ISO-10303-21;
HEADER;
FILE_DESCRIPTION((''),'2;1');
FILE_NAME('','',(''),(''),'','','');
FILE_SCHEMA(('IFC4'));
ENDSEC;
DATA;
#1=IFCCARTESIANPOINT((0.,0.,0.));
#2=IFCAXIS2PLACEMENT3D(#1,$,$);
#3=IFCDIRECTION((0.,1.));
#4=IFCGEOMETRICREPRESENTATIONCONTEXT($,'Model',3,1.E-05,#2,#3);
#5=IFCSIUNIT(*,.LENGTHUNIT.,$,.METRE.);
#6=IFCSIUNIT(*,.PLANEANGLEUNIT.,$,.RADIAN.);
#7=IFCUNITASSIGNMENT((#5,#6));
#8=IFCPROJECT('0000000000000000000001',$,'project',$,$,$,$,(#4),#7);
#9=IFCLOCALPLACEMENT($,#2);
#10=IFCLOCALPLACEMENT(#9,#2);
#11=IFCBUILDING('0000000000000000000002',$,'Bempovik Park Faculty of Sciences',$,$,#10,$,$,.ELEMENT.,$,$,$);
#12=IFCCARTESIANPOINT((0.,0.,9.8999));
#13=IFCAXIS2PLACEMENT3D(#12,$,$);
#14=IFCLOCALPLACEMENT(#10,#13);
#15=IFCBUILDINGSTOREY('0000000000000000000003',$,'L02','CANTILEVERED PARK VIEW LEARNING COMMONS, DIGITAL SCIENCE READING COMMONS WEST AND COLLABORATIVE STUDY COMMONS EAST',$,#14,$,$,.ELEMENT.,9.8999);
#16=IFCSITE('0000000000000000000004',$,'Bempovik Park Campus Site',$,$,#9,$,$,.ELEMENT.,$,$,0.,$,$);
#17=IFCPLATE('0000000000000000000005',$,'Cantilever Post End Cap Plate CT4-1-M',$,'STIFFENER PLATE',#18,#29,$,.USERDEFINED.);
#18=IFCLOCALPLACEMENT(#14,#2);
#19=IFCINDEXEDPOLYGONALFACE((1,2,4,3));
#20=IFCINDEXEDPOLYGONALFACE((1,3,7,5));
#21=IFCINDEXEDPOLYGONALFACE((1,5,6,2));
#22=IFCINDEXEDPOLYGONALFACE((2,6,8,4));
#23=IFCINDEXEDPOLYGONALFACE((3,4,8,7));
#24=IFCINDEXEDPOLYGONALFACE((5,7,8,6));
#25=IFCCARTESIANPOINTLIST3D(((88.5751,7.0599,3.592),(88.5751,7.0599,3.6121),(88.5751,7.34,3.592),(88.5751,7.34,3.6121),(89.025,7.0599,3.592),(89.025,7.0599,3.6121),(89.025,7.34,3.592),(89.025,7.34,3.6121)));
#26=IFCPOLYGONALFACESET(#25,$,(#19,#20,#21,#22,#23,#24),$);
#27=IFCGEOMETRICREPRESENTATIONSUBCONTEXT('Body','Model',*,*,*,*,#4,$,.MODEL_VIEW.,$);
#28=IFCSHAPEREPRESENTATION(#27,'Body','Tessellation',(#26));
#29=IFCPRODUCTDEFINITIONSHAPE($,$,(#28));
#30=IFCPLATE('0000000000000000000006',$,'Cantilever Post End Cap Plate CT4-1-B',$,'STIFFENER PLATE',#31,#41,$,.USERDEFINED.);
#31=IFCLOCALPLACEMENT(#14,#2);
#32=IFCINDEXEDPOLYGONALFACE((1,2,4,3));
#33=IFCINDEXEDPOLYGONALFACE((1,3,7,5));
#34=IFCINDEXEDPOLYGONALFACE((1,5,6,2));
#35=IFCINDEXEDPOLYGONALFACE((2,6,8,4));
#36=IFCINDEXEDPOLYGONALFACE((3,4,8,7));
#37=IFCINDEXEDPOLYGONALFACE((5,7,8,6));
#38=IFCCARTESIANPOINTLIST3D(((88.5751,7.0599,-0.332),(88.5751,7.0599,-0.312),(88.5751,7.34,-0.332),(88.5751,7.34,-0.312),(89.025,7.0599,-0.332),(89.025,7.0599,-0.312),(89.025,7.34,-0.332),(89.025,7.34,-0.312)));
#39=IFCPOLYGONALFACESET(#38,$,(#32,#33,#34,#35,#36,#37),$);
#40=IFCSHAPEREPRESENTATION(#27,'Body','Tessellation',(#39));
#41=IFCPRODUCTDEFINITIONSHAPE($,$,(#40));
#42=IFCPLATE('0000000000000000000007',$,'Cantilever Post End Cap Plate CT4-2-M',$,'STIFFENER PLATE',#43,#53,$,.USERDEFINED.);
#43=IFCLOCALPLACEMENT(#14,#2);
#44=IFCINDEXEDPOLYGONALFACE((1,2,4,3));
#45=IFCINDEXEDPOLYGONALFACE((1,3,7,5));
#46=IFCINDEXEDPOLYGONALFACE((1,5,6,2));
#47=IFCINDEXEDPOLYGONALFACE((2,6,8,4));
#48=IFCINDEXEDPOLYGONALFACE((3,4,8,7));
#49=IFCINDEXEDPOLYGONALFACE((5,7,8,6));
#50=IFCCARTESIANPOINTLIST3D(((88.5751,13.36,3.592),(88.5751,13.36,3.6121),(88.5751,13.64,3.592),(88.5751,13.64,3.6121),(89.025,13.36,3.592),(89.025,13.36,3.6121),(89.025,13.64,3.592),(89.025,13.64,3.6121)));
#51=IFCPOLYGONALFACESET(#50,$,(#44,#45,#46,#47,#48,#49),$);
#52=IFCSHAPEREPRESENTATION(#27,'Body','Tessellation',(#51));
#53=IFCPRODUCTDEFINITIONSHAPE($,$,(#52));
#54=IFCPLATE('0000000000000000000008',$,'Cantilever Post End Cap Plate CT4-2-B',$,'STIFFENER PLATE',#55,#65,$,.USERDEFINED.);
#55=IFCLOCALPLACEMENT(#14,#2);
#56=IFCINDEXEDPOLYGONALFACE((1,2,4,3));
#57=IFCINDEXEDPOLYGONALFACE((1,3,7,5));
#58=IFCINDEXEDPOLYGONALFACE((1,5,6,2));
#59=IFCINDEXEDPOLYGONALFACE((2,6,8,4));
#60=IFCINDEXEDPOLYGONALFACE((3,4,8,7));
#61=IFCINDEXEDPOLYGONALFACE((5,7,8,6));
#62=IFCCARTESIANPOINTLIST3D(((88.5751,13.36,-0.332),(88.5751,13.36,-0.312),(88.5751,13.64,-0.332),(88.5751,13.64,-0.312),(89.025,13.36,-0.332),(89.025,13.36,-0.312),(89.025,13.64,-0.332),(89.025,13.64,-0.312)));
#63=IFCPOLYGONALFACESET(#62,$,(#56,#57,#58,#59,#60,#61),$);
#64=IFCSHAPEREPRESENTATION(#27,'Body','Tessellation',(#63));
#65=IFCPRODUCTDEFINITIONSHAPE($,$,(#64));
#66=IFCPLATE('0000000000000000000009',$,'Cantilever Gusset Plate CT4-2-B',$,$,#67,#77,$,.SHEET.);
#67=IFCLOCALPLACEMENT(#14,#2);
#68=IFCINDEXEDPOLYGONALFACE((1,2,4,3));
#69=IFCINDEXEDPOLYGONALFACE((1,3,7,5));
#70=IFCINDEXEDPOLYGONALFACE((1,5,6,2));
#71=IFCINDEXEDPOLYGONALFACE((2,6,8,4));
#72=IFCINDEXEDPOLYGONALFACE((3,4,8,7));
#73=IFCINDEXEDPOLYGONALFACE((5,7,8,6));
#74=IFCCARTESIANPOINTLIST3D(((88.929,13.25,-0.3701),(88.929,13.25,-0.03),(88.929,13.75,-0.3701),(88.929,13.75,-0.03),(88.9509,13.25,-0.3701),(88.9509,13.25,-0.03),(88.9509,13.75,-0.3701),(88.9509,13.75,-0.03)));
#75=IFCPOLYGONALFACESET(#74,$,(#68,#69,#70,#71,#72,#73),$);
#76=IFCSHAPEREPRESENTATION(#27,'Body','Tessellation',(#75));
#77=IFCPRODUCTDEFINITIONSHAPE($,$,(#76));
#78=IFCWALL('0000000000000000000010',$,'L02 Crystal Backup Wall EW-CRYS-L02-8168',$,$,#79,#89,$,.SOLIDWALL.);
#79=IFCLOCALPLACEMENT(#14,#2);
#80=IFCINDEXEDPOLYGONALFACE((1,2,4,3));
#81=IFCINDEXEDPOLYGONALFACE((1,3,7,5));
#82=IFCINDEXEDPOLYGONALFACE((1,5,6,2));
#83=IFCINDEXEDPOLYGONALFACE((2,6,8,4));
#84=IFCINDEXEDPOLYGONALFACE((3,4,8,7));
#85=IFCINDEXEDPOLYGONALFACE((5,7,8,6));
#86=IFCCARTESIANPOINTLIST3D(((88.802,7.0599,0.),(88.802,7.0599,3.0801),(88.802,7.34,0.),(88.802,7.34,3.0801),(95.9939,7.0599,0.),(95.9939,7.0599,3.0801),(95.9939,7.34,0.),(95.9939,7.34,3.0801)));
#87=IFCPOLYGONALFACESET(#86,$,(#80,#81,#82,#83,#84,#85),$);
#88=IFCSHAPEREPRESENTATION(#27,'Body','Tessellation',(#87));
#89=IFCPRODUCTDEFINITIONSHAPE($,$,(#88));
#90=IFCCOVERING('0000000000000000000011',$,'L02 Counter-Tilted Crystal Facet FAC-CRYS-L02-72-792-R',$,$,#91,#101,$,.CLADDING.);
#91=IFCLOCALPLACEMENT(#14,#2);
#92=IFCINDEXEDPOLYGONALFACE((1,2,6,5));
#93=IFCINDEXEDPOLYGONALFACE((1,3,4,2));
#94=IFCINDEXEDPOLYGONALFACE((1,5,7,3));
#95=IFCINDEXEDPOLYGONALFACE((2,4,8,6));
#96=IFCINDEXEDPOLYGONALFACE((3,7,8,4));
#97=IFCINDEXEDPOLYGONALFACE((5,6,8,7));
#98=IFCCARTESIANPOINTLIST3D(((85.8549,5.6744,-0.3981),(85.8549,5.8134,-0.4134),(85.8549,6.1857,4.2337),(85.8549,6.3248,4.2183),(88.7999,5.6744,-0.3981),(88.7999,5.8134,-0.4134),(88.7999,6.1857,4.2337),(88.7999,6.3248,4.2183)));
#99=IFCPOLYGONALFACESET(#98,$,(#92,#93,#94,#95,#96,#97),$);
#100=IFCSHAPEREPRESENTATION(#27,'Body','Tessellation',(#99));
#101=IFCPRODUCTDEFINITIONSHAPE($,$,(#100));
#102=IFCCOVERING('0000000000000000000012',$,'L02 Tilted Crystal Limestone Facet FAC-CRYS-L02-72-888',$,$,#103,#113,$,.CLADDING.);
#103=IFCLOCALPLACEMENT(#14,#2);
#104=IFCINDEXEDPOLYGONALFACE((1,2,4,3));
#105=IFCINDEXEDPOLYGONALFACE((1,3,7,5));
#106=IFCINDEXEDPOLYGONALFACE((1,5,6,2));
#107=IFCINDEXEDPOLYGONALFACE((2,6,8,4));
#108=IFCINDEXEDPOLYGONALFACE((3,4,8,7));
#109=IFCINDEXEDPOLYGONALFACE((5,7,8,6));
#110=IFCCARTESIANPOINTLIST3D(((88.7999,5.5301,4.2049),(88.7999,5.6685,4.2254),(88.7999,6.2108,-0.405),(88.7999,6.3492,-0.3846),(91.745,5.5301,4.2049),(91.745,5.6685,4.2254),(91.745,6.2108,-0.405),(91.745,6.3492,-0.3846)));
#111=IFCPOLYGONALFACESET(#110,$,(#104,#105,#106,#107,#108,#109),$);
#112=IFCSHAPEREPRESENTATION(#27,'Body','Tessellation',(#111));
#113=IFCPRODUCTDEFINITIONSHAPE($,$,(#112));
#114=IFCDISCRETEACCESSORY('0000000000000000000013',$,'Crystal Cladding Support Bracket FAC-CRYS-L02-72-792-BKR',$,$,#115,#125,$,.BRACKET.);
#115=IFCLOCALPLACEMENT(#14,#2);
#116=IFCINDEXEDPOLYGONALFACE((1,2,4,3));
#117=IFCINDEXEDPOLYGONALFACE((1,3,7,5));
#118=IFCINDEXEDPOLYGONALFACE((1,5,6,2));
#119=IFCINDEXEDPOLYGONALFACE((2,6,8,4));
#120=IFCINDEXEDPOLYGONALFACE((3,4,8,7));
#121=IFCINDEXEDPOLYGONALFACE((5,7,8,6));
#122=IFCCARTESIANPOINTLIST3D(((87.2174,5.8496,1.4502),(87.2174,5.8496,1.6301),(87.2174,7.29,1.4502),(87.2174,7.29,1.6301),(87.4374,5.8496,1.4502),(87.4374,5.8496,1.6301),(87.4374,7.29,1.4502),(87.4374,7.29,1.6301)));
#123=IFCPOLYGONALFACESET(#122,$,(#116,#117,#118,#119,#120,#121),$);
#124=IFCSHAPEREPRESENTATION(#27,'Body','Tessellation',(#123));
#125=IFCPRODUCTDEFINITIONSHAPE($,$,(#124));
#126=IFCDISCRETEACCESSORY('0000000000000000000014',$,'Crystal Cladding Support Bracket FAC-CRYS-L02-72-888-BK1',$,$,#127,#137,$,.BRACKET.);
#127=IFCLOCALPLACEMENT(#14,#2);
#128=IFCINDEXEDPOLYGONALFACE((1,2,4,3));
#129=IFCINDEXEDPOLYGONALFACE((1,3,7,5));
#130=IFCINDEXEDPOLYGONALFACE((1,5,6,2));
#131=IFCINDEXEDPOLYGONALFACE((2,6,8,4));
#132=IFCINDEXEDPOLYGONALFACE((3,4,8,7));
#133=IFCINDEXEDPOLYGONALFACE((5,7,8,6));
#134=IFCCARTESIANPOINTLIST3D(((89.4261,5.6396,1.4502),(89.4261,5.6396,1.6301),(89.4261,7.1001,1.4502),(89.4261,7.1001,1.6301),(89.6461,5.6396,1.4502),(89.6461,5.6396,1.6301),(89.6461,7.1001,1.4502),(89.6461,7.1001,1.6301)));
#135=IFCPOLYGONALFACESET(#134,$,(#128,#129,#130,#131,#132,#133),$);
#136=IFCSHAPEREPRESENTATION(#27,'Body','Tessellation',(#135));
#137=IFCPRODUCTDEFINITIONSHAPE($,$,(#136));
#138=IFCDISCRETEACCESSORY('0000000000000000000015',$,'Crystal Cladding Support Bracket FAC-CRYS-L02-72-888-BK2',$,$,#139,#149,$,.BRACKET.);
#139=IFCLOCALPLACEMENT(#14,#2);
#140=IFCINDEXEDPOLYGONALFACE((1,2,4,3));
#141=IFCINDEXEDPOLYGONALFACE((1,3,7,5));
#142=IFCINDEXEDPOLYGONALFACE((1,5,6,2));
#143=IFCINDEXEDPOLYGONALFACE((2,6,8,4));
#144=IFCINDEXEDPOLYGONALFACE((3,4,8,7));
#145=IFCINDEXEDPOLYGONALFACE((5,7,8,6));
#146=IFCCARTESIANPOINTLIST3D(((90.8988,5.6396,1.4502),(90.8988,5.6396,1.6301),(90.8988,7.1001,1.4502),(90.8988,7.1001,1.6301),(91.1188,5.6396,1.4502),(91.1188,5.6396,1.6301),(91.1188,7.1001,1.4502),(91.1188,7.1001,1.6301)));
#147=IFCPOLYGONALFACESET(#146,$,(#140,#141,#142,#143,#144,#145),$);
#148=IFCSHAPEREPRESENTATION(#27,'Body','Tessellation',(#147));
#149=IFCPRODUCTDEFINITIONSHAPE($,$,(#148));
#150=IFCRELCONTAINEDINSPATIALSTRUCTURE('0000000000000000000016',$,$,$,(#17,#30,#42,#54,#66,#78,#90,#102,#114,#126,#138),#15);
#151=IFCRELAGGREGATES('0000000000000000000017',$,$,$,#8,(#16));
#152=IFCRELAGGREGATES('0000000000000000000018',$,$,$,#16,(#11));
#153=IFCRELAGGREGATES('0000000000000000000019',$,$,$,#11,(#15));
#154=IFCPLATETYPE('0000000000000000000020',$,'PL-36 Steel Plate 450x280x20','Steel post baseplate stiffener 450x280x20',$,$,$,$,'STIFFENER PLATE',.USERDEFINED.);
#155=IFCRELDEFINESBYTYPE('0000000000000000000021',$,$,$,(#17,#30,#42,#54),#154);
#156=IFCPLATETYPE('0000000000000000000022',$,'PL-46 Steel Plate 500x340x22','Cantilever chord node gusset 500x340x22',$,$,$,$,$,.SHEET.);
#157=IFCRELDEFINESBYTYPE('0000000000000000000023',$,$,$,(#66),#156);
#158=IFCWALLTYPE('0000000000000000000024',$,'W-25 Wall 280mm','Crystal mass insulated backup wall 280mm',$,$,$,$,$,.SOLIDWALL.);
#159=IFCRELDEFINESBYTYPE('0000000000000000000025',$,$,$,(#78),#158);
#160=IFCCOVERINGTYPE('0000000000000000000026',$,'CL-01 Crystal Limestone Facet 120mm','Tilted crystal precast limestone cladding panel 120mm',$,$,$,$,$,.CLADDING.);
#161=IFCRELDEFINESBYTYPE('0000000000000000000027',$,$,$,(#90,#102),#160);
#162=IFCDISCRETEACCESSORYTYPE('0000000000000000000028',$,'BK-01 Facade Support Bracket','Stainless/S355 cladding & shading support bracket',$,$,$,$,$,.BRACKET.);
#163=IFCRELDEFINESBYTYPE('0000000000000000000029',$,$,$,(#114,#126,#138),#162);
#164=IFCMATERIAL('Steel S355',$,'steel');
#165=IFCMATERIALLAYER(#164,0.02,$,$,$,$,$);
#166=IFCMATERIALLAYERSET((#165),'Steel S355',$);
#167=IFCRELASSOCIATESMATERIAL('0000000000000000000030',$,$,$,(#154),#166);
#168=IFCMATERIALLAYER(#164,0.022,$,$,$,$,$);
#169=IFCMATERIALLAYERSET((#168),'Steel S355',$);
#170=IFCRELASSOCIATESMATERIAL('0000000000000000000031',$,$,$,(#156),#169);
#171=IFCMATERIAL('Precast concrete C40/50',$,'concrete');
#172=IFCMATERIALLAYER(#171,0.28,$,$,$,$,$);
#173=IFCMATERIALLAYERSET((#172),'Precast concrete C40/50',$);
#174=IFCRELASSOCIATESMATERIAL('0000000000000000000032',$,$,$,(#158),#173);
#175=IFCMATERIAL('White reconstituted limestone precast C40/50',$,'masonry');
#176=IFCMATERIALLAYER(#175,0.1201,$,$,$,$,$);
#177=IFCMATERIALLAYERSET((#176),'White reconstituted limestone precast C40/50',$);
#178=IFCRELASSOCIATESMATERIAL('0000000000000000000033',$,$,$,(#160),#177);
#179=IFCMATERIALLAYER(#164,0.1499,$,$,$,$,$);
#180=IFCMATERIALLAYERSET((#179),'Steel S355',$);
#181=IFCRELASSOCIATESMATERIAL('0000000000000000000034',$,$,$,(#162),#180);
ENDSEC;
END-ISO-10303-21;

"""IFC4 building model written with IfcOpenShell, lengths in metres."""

from ifc_helpers import new_model, si_unit, direction, frame, frame_2d, origin, origin_2d, place, context, subcontext, project, spatial, rectangle, extrude, material, layer, layer_set, type_object, element, save


model = new_model("IFC4")

# Units and contexts
model_context = context("Model", 3, precision=1e-05, world=origin(), true_north=direction((0.0, 1.0)))
body_context = subcontext(model_context, "Body", "Model", "MODEL_VIEW")
ifc_project = project(units=[si_unit("LENGTHUNIT", "METRE"), si_unit("PLANEANGLEUNIT", "RADIAN")], contexts=[model_context])

# Site, building, storey
site_placement = place(None, origin())
site = spatial("IfcSite", under=ifc_project, at=site_placement, Name="Bempovik Park Campus Site", CompositionType="ELEMENT", RefElevation=0.0)
building_placement = place(site_placement, origin())
building = spatial("IfcBuilding", under=site, at=building_placement, Name="Bempovik Park Faculty of Sciences", CompositionType="ELEMENT")
storey_placement = place(building_placement, frame((0.0, 0.0, 9.8999)))
storey = spatial("IfcBuildingStorey", under=building, at=storey_placement, Name="L02", Description="CANTILEVERED PARK VIEW LEARNING COMMONS, DIGITAL SCIENCE READING COMMONS WEST AND COLLABORATIVE STUDY COMMONS EAST", CompositionType="ELEMENT", Elevation=9.8999)

# Shared definitions
ifc_material_1 = material(Name="Steel S355", Category="steel")

# Plates
ifc_layer_1 = layer(ifc_material_1, 0.02)
ifc_layer_set_1 = layer_set([ifc_layer_1], Name="Steel S355")
plate_type_1 = type_object("IfcPlateType", Name="PL-36 Steel Plate 450x280x20", Description="Steel post baseplate stiffener 450x280x20", ElementType="STIFFENER PLATE", PredefinedType="USERDEFINED", material=ifc_layer_set_1)
for number, where, z_axis, x_axis, name in (
    (1, (88.8, 7.2, 3.592), (0.0, 0.0, 1.0), (1.0, 0.0, 0.0), "Cantilever Post End Cap Plate CT4-1-M"),
    (2, (88.8, 7.2, -0.332), (0.0, 0.0, 1.0), (1.0, 0.0, 0.0), "Cantilever Post End Cap Plate CT4-1-B"),
    (3, (88.8, 13.5, 3.592), (0.0, 0.0, 1.0), (1.0, 0.0, 0.0), "Cantilever Post End Cap Plate CT4-2-M"),
    (4, (88.8, 13.5, -0.332), (0.0, 0.0, 1.0), (1.0, 0.0, 0.0), "Cantilever Post End Cap Plate CT4-2-B"),
):
    element("IfcPlate", number, at=place(storey_placement, frame(where, z_axis=z_axis, x_axis=x_axis)), inside=storey, type_object=plate_type_1, Name=name, ObjectType="STIFFENER PLATE", PredefinedType="USERDEFINED", context=body_context, shape_type="SweptSolid", body=[
        extrude(rectangle(XDim=0.45, YDim=0.28, at=origin_2d()), origin(), (0.0, 0.0, 1.0), 0.02),
    ])
ifc_layer_2 = layer(ifc_material_1, 0.022)
ifc_layer_set_2 = layer_set([ifc_layer_2], Name="Steel S355")
plate_type_2 = type_object("IfcPlateType", Name="PL-46 Steel Plate 500x340x22", Description="Cantilever chord node gusset 500x340x22", PredefinedType="SHEET", material=ifc_layer_set_2)
plate_1_placement = place(storey_placement, frame((88.9399, 13.5, -0.3701), z_axis=(0.0, 0.0, 1.0), x_axis=(1.0, 0.0, 0.0)))
element("IfcPlate", 5, at=plate_1_placement, inside=storey, type_object=plate_type_2, Name="Cantilever Gusset Plate CT4-2-B", PredefinedType="SHEET", context=body_context, shape_type="SweptSolid", body=[
    extrude(rectangle(XDim=0.022, YDim=0.5, at=origin_2d()), origin(), (0.0, 0.0, 1.0), 0.3401),
])

# Wall
ifc_material_2 = material(Name="Precast concrete C40/50", Category="concrete")
ifc_layer_3 = layer(ifc_material_2, 0.28)
ifc_layer_set_3 = layer_set([ifc_layer_3], Name="Precast concrete C40/50")
wall_type = type_object("IfcWallType", Name="W-25 Wall 280mm", Description="Crystal mass insulated backup wall 280mm", PredefinedType="SOLIDWALL", material=ifc_layer_set_3)
wall_placement = place(storey_placement, frame((88.802, 7.2, 0.0), z_axis=(0.0, 0.0, 1.0), x_axis=(1.0, 0.0, 0.0)))
element("IfcWall", 6, at=wall_placement, inside=storey, type_object=wall_type, Name="L02 Crystal Backup Wall EW-CRYS-L02-8168", PredefinedType="SOLIDWALL", context=body_context, shape_type="SweptSolid", body=[
    extrude(rectangle(XDim=7.1919, YDim=0.28, at=frame_2d((3.5959, 0.0))), origin(), (0.0, 0.0, 1.0), 3.0801),
])

# Coverings
ifc_material_3 = material(Name="White reconstituted limestone precast C40/50", Category="masonry")
ifc_layer_4 = layer(ifc_material_3, 0.1201)
ifc_layer_set_4 = layer_set([ifc_layer_4], Name="White reconstituted limestone precast C40/50")
covering_type = type_object("IfcCoveringType", Name="CL-01 Crystal Limestone Facet 120mm", Description="Tilted crystal precast limestone cladding panel 120mm", PredefinedType="CLADDING", material=ifc_layer_set_4)
for number, where, z_axis, x_axis, name in (
    (7, (87.3274, 5.7439, -0.4058), (0.0, 0.109734, 0.993961), (1.0, 0.0, 0.0), "L02 Counter-Tilted Crystal Facet FAC-CRYS-L02-72-792-R"),
    (8, (90.2725, 6.28, -0.3948), (0.0, -0.146083, 0.989272), (1.0, 0.0, 0.0), "L02 Tilted Crystal Limestone Facet FAC-CRYS-L02-72-888"),
):
    element("IfcCovering", number, at=place(storey_placement, frame(where, z_axis=z_axis, x_axis=x_axis)), inside=storey, type_object=covering_type, Name=name, PredefinedType="CLADDING", context=body_context, shape_type="SweptSolid", body=[
        extrude(rectangle(XDim=2.9451, YDim=0.1399, at=origin_2d()), origin(), (0.0, 0.0, 1.0), 4.6599),
    ])

# Discrete accessories
ifc_layer_5 = layer(ifc_material_1, 0.1499)
ifc_layer_set_5 = layer_set([ifc_layer_5], Name="Steel S355")
discrete_accessory_type = type_object("IfcDiscreteAccessoryType", Name="BK-01 Facade Support Bracket", Description="Stainless/S355 cladding & shading support bracket", PredefinedType="BRACKET", material=ifc_layer_set_5)
discrete_accessory_placement = place(storey_placement, frame((87.3274, 6.5698, 1.4502), z_axis=(0.0, 0.0, 1.0), x_axis=(1.0, 0.0, 0.0)))
element("IfcDiscreteAccessory", 9, at=discrete_accessory_placement, inside=storey, type_object=discrete_accessory_type, Name="Crystal Cladding Support Bracket FAC-CRYS-L02-72-792-BKR", PredefinedType="BRACKET", context=body_context, shape_type="SweptSolid", body=[
    extrude(rectangle(XDim=0.22, YDim=1.4404, at=origin_2d()), origin(), (0.0, 0.0, 1.0), 0.1799),
])
for number, where, z_axis, x_axis, name in (
    (10, (89.5361, 6.3699, 1.4502), (0.0, 0.0, 1.0), (1.0, 0.0, 0.0), "Crystal Cladding Support Bracket FAC-CRYS-L02-72-888-BK1"),
    (11, (91.0088, 6.3699, 1.4502), (0.0, 0.0, 1.0), (1.0, 0.0, 0.0), "Crystal Cladding Support Bracket FAC-CRYS-L02-72-888-BK2"),
):
    element("IfcDiscreteAccessory", number, at=place(storey_placement, frame(where, z_axis=z_axis, x_axis=x_axis)), inside=storey, type_object=discrete_accessory_type, Name=name, PredefinedType="BRACKET", context=body_context, shape_type="SweptSolid", body=[
        extrude(rectangle(XDim=0.22, YDim=1.4604, at=origin_2d()), origin(), (0.0, 0.0, 1.0), 0.1799),
    ])

save(model, "model.ifc")
